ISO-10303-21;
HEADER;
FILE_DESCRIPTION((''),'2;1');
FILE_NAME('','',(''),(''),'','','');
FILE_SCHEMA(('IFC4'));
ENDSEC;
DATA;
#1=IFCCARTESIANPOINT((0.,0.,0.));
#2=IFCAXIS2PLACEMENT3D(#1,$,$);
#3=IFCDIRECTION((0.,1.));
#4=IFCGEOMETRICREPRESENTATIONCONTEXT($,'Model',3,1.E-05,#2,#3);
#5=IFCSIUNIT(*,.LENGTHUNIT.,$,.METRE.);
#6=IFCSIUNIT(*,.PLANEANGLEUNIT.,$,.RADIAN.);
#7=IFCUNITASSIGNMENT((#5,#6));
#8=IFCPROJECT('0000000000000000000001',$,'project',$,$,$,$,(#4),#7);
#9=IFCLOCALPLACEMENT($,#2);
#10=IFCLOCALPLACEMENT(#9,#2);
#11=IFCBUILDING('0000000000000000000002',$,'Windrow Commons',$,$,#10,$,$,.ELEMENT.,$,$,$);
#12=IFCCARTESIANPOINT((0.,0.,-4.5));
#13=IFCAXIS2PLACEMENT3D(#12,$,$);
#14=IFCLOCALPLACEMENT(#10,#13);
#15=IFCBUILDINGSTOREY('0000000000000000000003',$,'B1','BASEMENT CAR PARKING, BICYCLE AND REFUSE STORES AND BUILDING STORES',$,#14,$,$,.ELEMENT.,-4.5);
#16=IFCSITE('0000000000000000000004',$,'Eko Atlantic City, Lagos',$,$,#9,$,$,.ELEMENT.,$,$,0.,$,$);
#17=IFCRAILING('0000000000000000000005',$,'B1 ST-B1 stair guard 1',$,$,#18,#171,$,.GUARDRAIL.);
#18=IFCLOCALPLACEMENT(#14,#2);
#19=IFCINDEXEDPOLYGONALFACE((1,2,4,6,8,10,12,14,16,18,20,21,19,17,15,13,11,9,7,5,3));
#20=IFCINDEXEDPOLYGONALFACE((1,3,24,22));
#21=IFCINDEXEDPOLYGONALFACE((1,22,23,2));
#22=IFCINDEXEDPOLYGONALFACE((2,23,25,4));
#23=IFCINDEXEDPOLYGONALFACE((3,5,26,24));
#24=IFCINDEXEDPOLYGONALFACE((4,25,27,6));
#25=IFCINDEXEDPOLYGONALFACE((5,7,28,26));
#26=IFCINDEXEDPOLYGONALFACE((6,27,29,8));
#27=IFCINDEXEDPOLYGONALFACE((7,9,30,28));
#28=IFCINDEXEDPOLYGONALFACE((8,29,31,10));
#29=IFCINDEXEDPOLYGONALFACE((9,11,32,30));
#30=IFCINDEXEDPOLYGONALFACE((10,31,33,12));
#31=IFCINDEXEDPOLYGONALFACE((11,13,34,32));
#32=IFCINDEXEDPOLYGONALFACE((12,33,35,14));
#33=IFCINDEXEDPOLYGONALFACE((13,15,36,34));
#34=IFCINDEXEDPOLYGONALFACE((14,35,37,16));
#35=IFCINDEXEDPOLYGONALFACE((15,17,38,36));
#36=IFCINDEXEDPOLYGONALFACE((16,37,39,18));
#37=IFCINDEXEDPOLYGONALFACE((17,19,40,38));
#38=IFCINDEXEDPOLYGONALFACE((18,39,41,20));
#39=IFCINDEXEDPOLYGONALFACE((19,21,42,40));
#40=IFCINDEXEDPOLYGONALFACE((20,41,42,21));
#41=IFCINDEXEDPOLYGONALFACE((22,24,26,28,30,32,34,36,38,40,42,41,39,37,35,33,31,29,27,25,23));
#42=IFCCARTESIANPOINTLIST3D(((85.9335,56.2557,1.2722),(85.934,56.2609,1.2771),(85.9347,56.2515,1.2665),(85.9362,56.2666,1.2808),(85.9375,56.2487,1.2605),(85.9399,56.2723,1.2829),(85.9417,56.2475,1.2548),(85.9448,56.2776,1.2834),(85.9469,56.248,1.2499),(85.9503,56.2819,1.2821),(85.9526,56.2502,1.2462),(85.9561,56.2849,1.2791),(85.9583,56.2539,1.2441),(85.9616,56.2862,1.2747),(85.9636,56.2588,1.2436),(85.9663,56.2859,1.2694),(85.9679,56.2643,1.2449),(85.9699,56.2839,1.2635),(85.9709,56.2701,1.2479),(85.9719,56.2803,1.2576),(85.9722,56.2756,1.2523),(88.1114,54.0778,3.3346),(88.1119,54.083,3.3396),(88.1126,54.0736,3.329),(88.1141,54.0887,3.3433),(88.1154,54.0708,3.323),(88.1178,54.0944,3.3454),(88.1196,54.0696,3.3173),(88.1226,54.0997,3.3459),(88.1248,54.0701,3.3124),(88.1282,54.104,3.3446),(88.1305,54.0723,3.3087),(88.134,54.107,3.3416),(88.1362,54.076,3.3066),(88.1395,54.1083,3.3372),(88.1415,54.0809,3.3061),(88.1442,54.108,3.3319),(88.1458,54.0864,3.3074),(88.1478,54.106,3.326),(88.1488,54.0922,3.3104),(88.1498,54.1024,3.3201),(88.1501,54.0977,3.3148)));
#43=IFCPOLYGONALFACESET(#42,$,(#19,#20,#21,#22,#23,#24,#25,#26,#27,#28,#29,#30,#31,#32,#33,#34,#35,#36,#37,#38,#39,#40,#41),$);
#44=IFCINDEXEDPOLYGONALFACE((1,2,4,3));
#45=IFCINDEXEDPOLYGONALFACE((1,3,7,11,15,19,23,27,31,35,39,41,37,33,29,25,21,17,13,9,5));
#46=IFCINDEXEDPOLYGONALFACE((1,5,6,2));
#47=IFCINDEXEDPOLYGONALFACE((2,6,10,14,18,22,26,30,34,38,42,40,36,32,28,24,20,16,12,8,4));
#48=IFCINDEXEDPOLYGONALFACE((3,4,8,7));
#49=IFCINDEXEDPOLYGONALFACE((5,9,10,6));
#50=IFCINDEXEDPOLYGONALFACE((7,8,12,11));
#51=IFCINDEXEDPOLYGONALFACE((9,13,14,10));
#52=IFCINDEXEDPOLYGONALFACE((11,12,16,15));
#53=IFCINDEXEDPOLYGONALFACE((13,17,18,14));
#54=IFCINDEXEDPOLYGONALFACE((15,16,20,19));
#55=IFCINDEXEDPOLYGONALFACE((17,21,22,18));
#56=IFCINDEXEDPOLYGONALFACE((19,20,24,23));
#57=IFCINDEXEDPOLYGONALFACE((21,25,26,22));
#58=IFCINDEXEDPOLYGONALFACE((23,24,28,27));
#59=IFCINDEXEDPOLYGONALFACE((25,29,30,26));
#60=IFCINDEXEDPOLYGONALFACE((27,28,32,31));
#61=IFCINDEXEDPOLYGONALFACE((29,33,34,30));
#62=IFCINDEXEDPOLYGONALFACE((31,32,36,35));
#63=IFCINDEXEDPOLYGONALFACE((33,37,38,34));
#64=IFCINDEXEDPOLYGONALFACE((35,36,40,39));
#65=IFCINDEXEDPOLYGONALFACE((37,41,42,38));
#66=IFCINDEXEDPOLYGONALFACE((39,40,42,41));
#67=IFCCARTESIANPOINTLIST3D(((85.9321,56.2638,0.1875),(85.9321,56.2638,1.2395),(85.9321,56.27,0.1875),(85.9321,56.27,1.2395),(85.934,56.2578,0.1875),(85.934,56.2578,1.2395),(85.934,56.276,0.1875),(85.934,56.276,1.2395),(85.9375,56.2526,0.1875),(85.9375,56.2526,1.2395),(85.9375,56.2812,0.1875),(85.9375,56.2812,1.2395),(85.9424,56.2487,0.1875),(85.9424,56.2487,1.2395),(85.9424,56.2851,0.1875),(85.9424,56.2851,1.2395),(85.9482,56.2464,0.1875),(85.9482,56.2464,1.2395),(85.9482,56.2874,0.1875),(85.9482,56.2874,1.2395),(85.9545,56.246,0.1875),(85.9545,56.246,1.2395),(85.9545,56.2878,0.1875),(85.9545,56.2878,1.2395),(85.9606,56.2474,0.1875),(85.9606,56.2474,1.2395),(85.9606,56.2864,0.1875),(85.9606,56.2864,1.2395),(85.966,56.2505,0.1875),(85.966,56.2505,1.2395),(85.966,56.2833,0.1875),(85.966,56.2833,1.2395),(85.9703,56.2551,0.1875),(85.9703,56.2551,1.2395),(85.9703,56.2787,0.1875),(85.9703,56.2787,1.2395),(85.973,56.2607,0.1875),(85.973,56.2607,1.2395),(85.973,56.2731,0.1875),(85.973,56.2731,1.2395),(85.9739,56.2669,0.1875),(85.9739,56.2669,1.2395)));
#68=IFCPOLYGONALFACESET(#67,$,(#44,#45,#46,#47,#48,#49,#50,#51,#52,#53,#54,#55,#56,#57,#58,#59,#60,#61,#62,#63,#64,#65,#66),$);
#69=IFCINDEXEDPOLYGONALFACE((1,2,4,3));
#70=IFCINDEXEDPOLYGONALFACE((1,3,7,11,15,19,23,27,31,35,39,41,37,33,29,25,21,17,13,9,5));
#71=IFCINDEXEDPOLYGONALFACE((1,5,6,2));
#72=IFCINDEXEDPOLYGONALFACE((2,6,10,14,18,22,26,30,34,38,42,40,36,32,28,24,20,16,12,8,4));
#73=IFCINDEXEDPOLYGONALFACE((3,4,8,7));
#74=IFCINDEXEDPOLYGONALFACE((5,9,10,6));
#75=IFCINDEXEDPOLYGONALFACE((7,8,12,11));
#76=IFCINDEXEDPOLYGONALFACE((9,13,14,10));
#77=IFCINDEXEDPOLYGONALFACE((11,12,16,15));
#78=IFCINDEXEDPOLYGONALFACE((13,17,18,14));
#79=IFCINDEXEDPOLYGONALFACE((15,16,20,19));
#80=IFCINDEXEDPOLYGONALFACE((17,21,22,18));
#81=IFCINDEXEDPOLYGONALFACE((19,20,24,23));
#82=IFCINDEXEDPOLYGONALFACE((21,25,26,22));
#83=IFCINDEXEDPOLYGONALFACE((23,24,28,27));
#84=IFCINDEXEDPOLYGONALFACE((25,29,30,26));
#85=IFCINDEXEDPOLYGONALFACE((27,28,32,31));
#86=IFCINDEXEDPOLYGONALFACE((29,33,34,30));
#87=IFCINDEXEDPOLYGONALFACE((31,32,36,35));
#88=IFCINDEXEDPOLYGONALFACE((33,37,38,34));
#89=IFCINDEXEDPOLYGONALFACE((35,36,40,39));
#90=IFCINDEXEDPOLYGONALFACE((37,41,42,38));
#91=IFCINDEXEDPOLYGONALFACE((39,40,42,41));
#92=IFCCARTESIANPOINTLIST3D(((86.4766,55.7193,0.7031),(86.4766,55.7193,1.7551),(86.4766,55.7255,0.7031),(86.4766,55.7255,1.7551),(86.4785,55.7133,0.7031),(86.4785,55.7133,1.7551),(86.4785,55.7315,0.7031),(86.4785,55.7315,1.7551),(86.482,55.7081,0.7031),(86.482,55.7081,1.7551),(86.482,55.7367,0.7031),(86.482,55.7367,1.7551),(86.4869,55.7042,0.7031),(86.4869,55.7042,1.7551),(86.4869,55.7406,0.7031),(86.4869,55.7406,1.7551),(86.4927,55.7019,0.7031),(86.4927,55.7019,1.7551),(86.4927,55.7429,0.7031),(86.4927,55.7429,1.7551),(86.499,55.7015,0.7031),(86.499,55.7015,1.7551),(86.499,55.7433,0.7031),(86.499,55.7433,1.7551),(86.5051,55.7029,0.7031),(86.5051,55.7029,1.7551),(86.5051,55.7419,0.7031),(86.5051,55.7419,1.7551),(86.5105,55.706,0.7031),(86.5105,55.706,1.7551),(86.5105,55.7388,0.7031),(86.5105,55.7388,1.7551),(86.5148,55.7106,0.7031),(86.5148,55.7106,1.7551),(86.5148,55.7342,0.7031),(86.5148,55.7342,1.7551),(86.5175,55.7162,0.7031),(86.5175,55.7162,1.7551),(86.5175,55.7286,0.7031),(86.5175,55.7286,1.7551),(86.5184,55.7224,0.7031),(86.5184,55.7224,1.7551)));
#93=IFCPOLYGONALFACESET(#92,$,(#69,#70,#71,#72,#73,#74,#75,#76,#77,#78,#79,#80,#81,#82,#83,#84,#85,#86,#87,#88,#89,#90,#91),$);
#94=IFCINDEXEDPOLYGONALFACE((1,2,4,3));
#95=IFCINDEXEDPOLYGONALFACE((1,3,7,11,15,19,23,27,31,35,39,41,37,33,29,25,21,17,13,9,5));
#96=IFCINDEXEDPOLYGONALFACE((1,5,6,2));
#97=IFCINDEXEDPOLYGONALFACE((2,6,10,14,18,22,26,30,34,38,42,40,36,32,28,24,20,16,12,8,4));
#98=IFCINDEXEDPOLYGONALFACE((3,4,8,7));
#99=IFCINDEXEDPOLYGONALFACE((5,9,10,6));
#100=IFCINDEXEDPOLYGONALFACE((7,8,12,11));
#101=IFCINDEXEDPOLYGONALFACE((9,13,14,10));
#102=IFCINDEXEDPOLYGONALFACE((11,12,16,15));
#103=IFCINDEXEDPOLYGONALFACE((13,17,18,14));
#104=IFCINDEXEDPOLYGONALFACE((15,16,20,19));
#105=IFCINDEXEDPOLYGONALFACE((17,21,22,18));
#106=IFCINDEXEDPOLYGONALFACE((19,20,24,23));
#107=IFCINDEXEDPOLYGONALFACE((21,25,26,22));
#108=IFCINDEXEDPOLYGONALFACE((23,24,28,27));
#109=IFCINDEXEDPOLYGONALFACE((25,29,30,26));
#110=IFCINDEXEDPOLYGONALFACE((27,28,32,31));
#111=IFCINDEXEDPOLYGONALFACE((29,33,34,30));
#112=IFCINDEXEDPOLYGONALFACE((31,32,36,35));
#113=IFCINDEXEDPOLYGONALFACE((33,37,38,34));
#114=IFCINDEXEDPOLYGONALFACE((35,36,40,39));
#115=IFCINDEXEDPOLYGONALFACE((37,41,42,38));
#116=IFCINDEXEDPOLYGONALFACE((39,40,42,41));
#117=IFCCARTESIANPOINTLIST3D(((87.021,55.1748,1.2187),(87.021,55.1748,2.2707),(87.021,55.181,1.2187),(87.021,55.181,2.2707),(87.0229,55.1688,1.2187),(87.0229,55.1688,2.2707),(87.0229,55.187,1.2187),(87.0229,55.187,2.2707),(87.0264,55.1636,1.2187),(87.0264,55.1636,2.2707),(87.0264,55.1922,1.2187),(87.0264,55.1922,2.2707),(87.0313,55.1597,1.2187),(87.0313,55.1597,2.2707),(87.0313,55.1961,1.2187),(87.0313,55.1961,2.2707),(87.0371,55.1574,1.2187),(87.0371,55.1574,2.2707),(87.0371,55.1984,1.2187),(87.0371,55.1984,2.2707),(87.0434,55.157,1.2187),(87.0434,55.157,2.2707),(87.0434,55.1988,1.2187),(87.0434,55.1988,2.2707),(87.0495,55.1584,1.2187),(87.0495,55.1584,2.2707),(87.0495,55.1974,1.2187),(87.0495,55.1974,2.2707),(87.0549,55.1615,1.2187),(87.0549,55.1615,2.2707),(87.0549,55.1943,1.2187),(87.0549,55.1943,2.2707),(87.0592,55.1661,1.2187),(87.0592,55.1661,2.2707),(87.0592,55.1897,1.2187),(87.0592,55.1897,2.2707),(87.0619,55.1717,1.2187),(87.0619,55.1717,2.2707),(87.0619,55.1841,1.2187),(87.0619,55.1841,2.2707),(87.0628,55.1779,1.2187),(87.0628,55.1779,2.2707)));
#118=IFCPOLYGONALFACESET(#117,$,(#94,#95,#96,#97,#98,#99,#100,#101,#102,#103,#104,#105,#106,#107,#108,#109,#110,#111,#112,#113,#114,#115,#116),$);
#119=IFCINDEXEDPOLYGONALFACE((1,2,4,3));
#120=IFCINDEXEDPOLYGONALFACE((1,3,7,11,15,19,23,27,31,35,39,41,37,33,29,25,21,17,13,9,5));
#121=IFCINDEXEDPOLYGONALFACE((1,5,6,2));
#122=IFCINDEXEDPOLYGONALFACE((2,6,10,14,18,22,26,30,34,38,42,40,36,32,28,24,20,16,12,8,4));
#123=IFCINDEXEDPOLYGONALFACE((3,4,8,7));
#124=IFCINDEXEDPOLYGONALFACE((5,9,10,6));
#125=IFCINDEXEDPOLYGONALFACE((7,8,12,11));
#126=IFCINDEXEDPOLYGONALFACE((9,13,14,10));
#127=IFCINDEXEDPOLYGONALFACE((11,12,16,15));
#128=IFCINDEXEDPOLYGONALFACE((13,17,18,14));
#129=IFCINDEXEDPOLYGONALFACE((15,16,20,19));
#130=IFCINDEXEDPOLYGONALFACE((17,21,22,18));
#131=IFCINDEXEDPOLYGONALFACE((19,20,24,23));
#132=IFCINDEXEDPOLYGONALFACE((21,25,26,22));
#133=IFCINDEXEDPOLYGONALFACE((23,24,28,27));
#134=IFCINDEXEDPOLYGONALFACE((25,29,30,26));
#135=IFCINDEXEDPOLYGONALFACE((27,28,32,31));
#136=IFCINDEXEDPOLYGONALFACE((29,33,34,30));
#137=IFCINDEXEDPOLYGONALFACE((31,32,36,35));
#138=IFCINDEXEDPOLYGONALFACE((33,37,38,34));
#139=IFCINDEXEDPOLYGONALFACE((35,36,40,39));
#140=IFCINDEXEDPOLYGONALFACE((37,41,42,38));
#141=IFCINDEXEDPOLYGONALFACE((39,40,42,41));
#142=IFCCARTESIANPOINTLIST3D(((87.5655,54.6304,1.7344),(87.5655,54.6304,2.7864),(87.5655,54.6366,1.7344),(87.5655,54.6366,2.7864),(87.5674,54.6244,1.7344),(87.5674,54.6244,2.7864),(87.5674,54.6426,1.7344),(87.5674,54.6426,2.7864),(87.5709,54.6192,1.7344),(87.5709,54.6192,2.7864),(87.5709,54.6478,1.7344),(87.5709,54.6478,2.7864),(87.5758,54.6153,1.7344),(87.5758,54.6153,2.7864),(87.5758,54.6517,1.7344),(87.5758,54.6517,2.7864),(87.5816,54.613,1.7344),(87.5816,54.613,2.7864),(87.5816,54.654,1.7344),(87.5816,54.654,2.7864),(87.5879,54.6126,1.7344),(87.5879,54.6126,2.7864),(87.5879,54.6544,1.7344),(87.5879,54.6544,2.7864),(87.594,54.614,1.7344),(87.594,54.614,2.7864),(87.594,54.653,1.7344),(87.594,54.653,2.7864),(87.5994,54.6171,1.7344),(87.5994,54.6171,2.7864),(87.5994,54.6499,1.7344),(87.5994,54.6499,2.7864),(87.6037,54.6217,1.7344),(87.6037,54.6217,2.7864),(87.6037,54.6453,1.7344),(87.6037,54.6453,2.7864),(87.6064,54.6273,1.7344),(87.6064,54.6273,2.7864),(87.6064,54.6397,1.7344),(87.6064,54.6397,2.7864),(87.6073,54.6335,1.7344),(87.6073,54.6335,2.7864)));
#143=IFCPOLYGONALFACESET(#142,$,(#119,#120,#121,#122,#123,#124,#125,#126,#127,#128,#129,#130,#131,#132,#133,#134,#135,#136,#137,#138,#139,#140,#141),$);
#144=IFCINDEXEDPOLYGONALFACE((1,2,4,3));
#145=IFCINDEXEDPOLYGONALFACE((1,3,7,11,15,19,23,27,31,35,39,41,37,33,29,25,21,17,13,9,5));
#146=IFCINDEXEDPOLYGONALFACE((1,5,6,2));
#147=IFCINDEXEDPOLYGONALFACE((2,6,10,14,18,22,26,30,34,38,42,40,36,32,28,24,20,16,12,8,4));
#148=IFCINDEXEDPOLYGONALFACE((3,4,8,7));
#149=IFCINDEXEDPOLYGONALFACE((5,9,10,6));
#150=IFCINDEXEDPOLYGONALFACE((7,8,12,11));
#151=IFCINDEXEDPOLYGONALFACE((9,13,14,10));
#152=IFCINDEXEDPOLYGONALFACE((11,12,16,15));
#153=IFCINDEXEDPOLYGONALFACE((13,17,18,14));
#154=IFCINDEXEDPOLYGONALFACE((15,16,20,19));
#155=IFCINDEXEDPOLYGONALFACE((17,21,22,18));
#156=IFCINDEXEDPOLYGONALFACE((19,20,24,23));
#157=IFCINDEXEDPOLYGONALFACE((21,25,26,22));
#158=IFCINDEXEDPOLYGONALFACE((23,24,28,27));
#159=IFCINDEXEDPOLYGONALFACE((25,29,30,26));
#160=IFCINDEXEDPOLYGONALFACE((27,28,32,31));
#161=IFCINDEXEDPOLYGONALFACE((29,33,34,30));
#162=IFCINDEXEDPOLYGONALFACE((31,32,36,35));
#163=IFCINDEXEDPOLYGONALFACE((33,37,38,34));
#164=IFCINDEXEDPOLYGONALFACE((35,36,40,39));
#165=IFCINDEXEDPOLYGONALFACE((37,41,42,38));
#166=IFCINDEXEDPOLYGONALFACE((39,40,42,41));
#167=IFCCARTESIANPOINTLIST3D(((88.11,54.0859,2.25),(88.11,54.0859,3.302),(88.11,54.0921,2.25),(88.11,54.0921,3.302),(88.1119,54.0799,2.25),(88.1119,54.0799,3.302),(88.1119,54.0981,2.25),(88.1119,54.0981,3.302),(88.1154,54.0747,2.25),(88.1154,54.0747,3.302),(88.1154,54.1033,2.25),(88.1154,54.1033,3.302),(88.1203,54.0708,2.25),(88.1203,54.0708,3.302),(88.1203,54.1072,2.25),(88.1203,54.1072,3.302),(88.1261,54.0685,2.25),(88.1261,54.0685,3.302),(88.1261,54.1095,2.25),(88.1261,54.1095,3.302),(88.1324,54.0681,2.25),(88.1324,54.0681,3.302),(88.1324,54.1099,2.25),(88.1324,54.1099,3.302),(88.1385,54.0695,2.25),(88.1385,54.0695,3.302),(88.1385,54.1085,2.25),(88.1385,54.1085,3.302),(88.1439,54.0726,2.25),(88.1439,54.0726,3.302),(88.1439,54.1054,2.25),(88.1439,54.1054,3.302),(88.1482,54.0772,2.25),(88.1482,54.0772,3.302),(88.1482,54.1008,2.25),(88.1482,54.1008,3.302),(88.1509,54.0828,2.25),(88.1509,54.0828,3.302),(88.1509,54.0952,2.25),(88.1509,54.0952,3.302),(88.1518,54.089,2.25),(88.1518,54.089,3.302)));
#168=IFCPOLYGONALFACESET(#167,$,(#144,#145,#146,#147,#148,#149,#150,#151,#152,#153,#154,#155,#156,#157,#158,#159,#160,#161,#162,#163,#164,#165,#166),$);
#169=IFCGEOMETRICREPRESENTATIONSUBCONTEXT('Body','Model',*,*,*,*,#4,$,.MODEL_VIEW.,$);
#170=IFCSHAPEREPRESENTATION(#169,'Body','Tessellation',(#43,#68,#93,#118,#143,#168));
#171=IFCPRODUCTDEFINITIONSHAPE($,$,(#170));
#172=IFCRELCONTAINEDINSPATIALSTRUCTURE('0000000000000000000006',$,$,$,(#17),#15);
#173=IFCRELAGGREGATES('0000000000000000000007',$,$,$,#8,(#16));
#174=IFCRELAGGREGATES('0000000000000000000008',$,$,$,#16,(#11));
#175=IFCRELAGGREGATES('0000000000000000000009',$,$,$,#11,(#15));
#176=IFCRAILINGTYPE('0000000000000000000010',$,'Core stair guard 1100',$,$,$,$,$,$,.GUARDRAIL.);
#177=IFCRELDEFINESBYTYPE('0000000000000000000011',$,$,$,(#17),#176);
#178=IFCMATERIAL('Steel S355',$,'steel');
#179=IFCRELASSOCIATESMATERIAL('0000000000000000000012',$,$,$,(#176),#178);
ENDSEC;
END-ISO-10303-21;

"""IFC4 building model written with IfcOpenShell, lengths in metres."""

from ifc_helpers import new_model, si_unit, direction, frame, origin, origin_2d, place, context, subcontext, project, spatial, circle, extrude, material, type_object, element, save


model = new_model("IFC4")

# Units and contexts
model_context = context("Model", 3, precision=1e-05, world=origin(), true_north=direction((0.0, 1.0)))
body_context = subcontext(model_context, "Body", "Model", "MODEL_VIEW")
ifc_project = project(units=[si_unit("LENGTHUNIT", "METRE"), si_unit("PLANEANGLEUNIT", "RADIAN")], contexts=[model_context])

# Site, building, storey
site_placement = place(None, origin())
site = spatial("IfcSite", under=ifc_project, at=site_placement, Name="Eko Atlantic City, Lagos", CompositionType="ELEMENT", RefElevation=0.0)
building_placement = place(site_placement, origin())
building = spatial("IfcBuilding", under=site, at=building_placement, Name="Windrow Commons", CompositionType="ELEMENT")
storey_placement = place(building_placement, frame((0.0, 0.0, -4.5)))
storey = spatial("IfcBuildingStorey", under=building, at=storey_placement, Name="B1", Description="BASEMENT CAR PARKING, BICYCLE AND REFUSE STORES AND BUILDING STORES", CompositionType="ELEMENT", Elevation=-4.5)

# Railing
ifc_material_1 = material(Name="Steel S355", Category="steel")
railing_type_1 = type_object("IfcRailingType", Name="Core stair guard 1100", PredefinedType="GUARDRAIL", material=ifc_material_1)
railing_1_placement = place(storey_placement, frame((85.9529, 56.2669, 0.1875)))
element("IfcRailing", 1, at=railing_1_placement, inside=storey, type_object=railing_type_1, Name="B1 ST-B1 stair guard 1", PredefinedType="GUARDRAIL", context=body_context, shape_type="SweptSolid", body=[
    extrude(circle(Radius=0.024, at=origin_2d()), frame((0.0, 0.0, 1.076), z_axis=(0.587541, -0.587541, 0.556409), x_axis=(0.707107, 0.707107, 0.0)), (0.0, 0.0, 1.0), 3.7068),
    extrude(circle(Radius=0.021, at=origin_2d()), origin(), (0.0, 0.0, 1.0), 1.052),
    extrude(circle(Radius=0.021, at=origin_2d()), frame((0.5445, -0.5445, 0.5156)), (0.0, 0.0, 1.0), 1.052),
    extrude(circle(Radius=0.021, at=origin_2d()), frame((1.0889, -1.089, 1.0312)), (0.0, 0.0, 1.0), 1.052),
    extrude(circle(Radius=0.021, at=origin_2d()), frame((1.6334, -1.6334, 1.5469)), (0.0, 0.0, 1.0), 1.052),
    extrude(circle(Radius=0.021, at=origin_2d()), frame((2.1779, -2.1779, 2.0625)), (0.0, 0.0, 1.0), 1.052),
])

save(model, "model.ifc")
